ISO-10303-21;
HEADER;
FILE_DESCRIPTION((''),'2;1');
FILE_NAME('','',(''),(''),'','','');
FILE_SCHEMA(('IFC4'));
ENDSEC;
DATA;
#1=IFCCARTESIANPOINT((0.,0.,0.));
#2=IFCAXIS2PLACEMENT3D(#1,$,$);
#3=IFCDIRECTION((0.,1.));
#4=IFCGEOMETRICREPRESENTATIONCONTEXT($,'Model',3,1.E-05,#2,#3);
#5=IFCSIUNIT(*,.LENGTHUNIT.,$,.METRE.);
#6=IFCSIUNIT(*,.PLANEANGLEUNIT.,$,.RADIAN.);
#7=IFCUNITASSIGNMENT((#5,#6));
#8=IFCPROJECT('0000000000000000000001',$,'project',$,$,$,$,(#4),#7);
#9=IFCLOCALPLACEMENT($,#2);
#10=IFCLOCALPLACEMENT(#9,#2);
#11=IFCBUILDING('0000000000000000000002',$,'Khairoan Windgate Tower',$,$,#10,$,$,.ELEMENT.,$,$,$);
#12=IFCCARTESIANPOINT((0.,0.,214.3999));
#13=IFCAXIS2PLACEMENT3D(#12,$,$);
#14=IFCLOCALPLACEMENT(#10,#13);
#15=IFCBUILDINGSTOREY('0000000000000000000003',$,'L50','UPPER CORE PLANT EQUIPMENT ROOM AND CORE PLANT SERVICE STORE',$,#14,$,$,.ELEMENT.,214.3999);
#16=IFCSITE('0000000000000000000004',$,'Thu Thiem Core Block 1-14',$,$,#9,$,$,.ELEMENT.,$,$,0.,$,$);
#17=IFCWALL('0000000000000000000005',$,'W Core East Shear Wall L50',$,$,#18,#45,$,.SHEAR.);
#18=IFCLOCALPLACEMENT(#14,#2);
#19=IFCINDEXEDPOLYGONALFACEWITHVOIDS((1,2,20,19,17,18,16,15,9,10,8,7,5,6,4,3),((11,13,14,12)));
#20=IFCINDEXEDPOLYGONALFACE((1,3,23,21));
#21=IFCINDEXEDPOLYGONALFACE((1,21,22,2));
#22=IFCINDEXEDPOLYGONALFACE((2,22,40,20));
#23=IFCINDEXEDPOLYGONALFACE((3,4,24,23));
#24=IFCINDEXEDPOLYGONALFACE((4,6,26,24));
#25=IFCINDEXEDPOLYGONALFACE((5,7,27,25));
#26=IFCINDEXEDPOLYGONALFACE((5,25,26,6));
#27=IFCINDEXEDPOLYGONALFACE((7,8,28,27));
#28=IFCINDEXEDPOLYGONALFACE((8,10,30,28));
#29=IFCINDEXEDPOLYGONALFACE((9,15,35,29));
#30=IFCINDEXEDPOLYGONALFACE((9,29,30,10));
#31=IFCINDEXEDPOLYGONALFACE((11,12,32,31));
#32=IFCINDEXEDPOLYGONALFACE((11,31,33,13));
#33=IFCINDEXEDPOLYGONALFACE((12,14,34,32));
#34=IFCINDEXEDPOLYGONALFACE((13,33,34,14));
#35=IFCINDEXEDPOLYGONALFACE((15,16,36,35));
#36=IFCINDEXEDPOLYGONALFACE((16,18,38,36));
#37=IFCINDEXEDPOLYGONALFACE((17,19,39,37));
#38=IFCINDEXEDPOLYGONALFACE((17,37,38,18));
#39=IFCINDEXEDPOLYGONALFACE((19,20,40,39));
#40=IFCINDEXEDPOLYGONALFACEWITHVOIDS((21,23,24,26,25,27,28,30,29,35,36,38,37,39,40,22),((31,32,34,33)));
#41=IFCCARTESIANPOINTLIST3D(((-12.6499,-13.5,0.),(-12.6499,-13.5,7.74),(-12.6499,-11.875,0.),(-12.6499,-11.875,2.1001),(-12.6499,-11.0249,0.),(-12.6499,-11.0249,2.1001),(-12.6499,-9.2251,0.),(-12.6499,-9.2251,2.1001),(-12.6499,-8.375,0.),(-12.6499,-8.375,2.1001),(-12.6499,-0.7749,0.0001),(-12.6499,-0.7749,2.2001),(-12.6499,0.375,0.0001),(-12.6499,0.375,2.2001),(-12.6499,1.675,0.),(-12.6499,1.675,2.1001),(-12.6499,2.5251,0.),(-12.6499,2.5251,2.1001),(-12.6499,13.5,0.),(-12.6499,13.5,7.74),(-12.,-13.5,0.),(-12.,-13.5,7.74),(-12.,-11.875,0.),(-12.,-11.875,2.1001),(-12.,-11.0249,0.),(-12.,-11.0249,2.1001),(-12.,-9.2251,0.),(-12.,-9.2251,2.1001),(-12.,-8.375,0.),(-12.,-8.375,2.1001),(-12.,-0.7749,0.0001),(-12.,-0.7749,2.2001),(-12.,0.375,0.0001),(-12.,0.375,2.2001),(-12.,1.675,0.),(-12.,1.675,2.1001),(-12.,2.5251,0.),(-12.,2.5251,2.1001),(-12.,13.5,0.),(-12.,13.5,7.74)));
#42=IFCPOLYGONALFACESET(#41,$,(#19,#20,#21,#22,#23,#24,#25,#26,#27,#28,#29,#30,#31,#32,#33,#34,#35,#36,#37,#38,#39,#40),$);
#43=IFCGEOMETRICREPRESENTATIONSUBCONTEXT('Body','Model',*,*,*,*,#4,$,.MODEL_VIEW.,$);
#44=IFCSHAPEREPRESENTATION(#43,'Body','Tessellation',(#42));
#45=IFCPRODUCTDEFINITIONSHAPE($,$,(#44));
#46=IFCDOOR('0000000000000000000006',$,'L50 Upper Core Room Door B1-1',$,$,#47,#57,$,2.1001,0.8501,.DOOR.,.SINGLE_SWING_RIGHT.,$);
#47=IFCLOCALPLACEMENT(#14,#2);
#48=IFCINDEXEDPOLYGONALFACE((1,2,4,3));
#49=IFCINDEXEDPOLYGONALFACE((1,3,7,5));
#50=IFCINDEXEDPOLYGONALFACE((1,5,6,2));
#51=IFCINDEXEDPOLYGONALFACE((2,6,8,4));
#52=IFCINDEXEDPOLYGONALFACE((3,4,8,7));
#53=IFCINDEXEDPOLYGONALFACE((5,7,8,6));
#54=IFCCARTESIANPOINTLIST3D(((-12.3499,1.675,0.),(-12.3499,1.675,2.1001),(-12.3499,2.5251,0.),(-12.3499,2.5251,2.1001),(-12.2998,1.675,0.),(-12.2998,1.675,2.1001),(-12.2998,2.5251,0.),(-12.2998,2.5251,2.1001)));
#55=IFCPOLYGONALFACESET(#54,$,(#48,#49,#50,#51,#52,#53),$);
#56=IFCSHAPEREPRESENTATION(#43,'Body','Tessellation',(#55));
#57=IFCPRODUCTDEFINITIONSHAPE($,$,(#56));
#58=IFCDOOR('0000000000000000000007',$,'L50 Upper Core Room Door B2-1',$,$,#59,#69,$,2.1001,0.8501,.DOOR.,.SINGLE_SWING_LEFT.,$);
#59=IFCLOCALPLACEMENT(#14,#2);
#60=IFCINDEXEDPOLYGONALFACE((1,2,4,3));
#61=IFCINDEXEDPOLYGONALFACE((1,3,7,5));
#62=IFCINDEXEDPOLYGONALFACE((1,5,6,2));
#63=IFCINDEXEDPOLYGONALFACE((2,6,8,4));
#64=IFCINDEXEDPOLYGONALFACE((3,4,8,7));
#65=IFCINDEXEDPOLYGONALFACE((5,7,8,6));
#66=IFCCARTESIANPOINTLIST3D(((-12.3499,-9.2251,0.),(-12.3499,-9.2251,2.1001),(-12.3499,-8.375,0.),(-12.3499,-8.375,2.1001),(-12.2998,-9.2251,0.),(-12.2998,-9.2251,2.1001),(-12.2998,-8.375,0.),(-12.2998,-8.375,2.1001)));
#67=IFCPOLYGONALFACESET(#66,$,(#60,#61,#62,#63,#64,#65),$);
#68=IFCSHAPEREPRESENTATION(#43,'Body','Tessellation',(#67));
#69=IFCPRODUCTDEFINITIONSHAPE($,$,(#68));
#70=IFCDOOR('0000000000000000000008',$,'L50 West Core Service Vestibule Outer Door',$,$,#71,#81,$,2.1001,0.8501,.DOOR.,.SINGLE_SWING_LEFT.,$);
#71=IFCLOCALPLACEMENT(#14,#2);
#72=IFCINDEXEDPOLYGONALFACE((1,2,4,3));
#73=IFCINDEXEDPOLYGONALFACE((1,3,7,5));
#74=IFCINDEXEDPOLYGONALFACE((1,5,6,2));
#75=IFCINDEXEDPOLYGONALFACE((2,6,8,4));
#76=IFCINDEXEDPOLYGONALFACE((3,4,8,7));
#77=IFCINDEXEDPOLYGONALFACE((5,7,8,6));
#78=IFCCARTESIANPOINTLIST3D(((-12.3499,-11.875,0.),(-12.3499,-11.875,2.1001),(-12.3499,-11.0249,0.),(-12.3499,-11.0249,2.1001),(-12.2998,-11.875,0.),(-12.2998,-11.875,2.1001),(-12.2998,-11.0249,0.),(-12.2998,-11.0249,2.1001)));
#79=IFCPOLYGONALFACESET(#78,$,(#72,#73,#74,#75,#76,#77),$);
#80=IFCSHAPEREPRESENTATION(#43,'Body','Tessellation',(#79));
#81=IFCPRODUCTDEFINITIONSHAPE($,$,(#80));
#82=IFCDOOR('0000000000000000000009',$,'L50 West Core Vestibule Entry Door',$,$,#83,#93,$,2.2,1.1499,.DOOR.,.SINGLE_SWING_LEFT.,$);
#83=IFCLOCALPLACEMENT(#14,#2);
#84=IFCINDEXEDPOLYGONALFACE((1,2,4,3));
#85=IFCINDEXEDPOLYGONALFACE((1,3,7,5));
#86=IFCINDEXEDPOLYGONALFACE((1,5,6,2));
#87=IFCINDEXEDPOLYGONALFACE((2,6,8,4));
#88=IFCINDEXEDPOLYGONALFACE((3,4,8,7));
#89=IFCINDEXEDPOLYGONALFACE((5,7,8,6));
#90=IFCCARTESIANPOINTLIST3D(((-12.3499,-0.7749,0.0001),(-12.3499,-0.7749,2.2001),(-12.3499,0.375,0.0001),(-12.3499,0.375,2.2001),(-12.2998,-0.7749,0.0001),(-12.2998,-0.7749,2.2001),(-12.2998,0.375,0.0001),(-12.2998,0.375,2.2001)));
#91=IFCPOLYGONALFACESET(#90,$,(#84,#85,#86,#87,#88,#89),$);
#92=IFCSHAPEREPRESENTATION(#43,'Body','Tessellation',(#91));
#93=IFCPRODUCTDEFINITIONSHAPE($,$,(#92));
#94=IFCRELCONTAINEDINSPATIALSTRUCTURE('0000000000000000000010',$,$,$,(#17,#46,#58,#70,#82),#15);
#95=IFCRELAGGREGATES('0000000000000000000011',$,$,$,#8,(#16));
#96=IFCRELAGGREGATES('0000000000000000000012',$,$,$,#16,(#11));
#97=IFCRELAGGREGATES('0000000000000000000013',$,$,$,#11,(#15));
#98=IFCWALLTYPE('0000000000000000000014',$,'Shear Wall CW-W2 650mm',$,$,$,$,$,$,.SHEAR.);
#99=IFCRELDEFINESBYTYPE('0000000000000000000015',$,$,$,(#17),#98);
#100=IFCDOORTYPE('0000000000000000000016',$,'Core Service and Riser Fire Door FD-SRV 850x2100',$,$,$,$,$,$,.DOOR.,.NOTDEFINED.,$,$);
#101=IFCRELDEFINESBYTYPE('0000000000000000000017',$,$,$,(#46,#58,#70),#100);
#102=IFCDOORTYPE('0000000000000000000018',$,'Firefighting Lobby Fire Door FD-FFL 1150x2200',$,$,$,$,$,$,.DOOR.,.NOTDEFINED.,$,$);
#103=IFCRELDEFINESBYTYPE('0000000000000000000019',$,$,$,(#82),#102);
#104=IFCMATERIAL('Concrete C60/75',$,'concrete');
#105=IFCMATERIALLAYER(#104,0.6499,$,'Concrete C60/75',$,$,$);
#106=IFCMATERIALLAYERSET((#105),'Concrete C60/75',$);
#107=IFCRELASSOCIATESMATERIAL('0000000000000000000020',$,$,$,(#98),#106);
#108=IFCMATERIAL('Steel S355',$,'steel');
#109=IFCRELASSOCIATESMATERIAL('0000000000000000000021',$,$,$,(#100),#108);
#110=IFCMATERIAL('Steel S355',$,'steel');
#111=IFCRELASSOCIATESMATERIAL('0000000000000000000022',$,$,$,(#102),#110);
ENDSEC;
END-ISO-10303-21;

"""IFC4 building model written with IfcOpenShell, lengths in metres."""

from ifc_helpers import new_model, si_unit, direction, frame, frame_2d, origin, place, context, subcontext, project, spatial, rectangle, extrude, material, layer, layer_set, type_object, element, fill, save


model = new_model("IFC4")

# Units and contexts
model_context = context("Model", 3, precision=1e-05, world=origin(), true_north=direction((0.0, 1.0)))
body_context = subcontext(model_context, "Body", "Model", "MODEL_VIEW")
ifc_project = project(units=[si_unit("LENGTHUNIT", "METRE"), si_unit("PLANEANGLEUNIT", "RADIAN")], contexts=[model_context])

# Site, building, storey
site_placement = place(None, origin())
site = spatial("IfcSite", under=ifc_project, at=site_placement, Name="Thu Thiem Core Block 1-14", CompositionType="ELEMENT", RefElevation=0.0)
building_placement = place(site_placement, origin())
building = spatial("IfcBuilding", under=site, at=building_placement, Name="Khairoan Windgate Tower", CompositionType="ELEMENT")
storey_placement = place(building_placement, frame((0.0, 0.0, 214.3999)))
storey = spatial("IfcBuildingStorey", under=building, at=storey_placement, Name="L50", Description="UPPER CORE PLANT EQUIPMENT ROOM AND CORE PLANT SERVICE STORE", CompositionType="ELEMENT", Elevation=214.3999)

# Wall, openings, doors
ifc_material_1 = material(Name="Concrete C60/75", Category="concrete")
ifc_layer_1 = layer(ifc_material_1, 0.6499, Name="Concrete C60/75")
ifc_layer_set_1 = layer_set([ifc_layer_1], Name="Concrete C60/75")
wall_type = type_object("IfcWallType", Name="Shear Wall CW-W2 650mm", PredefinedType="SHEAR", material=ifc_layer_set_1)
wall_placement = place(storey_placement, frame((-12.325, -13.5, 0.0), z_axis=(0.0, 0.0, 1.0), x_axis=(0.0, 1.0, 0.0)))
wall = element("IfcWall", 1, at=wall_placement, inside=storey, type_object=wall_type, Name="W Core East Shear Wall L50", PredefinedType="SHEAR", context=body_context, shape_type="SweptSolid", body=[
    extrude(rectangle(XDim=27.0, YDim=0.6499, at=frame_2d((13.5, 0.0))), origin(), (0.0, 0.0, 1.0), 7.74),
])
opening_1_placement = place(wall_placement, frame((15.175, 0.0, 0.0)))
opening_1 = element("IfcOpeningElement", 2, at=opening_1_placement, cuts=wall, PredefinedType="OPENING", context=body_context, shape_type="SweptSolid", body=[
    extrude(rectangle(XDim=0.8501, YDim=2.1001, at=frame_2d((0.425, 1.05))), frame((0.0, 0.335, 0.0), z_axis=(0.0, -1.0, 0.0), x_axis=(1.0, 0.0, 0.0)), (0.0, 0.0, 1.0), 0.6699),
])
opening_2_placement = place(wall_placement, frame((4.2749, 0.0, 0.0)))
opening_2 = element("IfcOpeningElement", 3, at=opening_2_placement, cuts=wall, PredefinedType="OPENING", context=body_context, shape_type="SweptSolid", body=[
    extrude(rectangle(XDim=0.8501, YDim=2.1001, at=frame_2d((0.425, 1.05))), frame((0.0, 0.335, 0.0), z_axis=(0.0, -1.0, 0.0), x_axis=(1.0, 0.0, 0.0)), (0.0, 0.0, 1.0), 0.6699),
])
opening_3_placement = place(wall_placement, frame((12.7251, 0.0, 0.0)))
opening_3 = element("IfcOpeningElement", 4, at=opening_3_placement, cuts=wall, PredefinedType="OPENING", context=body_context, shape_type="SweptSolid", body=[
    extrude(rectangle(XDim=1.1499, YDim=2.2, at=frame_2d((0.575, 1.1001))), frame((0.0, 0.335, 0.0), z_axis=(0.0, -1.0, 0.0), x_axis=(1.0, 0.0, 0.0)), (0.0, 0.0, 1.0), 0.6699),
])
opening_4_placement = place(wall_placement, frame((1.625, 0.0, 0.0)))
opening_4 = element("IfcOpeningElement", 5, at=opening_4_placement, cuts=wall, PredefinedType="OPENING", context=body_context, shape_type="SweptSolid", body=[
    extrude(rectangle(XDim=0.8501, YDim=2.1001, at=frame_2d((0.425, 1.05))), frame((0.0, 0.335, 0.0), z_axis=(0.0, -1.0, 0.0), x_axis=(1.0, 0.0, 0.0)), (0.0, 0.0, 1.0), 0.6699),
])
ifc_material_2 = material(Name="Steel S355", Category="steel")
door_type_1 = type_object("IfcDoorType", Name="Core Service and Riser Fire Door FD-SRV 850x2100", OperationType="NOTDEFINED", PredefinedType="DOOR", material=ifc_material_2)
door_1_placement = place(opening_1_placement, origin())
door_1 = element("IfcDoor", 6, at=door_1_placement, inside=storey, type_object=door_type_1, Name="L50 Upper Core Room Door B1-1", OperationType="SINGLE_SWING_RIGHT", OverallHeight=2.1001, OverallWidth=0.8501, PredefinedType="DOOR", context=body_context, shape_type="SweptSolid", body=[
    extrude(rectangle(XDim=0.8501, YDim=2.1001, at=frame_2d((0.425, 1.05))), frame((0.0, 0.0249, 0.0), z_axis=(0.0, -1.0, 0.0), x_axis=(1.0, 0.0, 0.0)), (0.0, 0.0, 1.0), 0.05),
])
fill(opening_1, door_1)
door_2_placement = place(opening_2_placement, origin())
door_2 = element("IfcDoor", 7, at=door_2_placement, inside=storey, type_object=door_type_1, Name="L50 Upper Core Room Door B2-1", OperationType="SINGLE_SWING_LEFT", OverallHeight=2.1001, OverallWidth=0.8501, PredefinedType="DOOR", context=body_context, shape_type="SweptSolid", body=[
    extrude(rectangle(XDim=0.8501, YDim=2.1001, at=frame_2d((0.425, 1.05))), frame((0.0, 0.0249, 0.0), z_axis=(0.0, -1.0, 0.0), x_axis=(1.0, 0.0, 0.0)), (0.0, 0.0, 1.0), 0.05),
])
fill(opening_2, door_2)
door_3_placement = place(opening_4_placement, origin())
door_3 = element("IfcDoor", 8, at=door_3_placement, inside=storey, type_object=door_type_1, Name="L50 West Core Service Vestibule Outer Door", OperationType="SINGLE_SWING_LEFT", OverallHeight=2.1001, OverallWidth=0.8501, PredefinedType="DOOR", context=body_context, shape_type="SweptSolid", body=[
    extrude(rectangle(XDim=0.8501, YDim=2.1001, at=frame_2d((0.425, 1.05))), frame((0.0, 0.0249, 0.0), z_axis=(0.0, -1.0, 0.0), x_axis=(1.0, 0.0, 0.0)), (0.0, 0.0, 1.0), 0.05),
])
fill(opening_4, door_3)
ifc_material_3 = material(Name="Steel S355", Category="steel")
door_type_2 = type_object("IfcDoorType", Name="Firefighting Lobby Fire Door FD-FFL 1150x2200", OperationType="NOTDEFINED", PredefinedType="DOOR", material=ifc_material_3)
door_4_placement = place(opening_3_placement, origin())
door_4 = element("IfcDoor", 9, at=door_4_placement, inside=storey, type_object=door_type_2, Name="L50 West Core Vestibule Entry Door", OperationType="SINGLE_SWING_LEFT", OverallHeight=2.2, OverallWidth=1.1499, PredefinedType="DOOR", context=body_context, shape_type="SweptSolid", body=[
    extrude(rectangle(XDim=1.1499, YDim=2.2, at=frame_2d((0.575, 1.1001))), frame((0.0, 0.0249, 0.0), z_axis=(0.0, -1.0, 0.0), x_axis=(1.0, 0.0, 0.0)), (0.0, 0.0, 1.0), 0.05),
])
fill(opening_3, door_4)

save(model, "model.ifc")
